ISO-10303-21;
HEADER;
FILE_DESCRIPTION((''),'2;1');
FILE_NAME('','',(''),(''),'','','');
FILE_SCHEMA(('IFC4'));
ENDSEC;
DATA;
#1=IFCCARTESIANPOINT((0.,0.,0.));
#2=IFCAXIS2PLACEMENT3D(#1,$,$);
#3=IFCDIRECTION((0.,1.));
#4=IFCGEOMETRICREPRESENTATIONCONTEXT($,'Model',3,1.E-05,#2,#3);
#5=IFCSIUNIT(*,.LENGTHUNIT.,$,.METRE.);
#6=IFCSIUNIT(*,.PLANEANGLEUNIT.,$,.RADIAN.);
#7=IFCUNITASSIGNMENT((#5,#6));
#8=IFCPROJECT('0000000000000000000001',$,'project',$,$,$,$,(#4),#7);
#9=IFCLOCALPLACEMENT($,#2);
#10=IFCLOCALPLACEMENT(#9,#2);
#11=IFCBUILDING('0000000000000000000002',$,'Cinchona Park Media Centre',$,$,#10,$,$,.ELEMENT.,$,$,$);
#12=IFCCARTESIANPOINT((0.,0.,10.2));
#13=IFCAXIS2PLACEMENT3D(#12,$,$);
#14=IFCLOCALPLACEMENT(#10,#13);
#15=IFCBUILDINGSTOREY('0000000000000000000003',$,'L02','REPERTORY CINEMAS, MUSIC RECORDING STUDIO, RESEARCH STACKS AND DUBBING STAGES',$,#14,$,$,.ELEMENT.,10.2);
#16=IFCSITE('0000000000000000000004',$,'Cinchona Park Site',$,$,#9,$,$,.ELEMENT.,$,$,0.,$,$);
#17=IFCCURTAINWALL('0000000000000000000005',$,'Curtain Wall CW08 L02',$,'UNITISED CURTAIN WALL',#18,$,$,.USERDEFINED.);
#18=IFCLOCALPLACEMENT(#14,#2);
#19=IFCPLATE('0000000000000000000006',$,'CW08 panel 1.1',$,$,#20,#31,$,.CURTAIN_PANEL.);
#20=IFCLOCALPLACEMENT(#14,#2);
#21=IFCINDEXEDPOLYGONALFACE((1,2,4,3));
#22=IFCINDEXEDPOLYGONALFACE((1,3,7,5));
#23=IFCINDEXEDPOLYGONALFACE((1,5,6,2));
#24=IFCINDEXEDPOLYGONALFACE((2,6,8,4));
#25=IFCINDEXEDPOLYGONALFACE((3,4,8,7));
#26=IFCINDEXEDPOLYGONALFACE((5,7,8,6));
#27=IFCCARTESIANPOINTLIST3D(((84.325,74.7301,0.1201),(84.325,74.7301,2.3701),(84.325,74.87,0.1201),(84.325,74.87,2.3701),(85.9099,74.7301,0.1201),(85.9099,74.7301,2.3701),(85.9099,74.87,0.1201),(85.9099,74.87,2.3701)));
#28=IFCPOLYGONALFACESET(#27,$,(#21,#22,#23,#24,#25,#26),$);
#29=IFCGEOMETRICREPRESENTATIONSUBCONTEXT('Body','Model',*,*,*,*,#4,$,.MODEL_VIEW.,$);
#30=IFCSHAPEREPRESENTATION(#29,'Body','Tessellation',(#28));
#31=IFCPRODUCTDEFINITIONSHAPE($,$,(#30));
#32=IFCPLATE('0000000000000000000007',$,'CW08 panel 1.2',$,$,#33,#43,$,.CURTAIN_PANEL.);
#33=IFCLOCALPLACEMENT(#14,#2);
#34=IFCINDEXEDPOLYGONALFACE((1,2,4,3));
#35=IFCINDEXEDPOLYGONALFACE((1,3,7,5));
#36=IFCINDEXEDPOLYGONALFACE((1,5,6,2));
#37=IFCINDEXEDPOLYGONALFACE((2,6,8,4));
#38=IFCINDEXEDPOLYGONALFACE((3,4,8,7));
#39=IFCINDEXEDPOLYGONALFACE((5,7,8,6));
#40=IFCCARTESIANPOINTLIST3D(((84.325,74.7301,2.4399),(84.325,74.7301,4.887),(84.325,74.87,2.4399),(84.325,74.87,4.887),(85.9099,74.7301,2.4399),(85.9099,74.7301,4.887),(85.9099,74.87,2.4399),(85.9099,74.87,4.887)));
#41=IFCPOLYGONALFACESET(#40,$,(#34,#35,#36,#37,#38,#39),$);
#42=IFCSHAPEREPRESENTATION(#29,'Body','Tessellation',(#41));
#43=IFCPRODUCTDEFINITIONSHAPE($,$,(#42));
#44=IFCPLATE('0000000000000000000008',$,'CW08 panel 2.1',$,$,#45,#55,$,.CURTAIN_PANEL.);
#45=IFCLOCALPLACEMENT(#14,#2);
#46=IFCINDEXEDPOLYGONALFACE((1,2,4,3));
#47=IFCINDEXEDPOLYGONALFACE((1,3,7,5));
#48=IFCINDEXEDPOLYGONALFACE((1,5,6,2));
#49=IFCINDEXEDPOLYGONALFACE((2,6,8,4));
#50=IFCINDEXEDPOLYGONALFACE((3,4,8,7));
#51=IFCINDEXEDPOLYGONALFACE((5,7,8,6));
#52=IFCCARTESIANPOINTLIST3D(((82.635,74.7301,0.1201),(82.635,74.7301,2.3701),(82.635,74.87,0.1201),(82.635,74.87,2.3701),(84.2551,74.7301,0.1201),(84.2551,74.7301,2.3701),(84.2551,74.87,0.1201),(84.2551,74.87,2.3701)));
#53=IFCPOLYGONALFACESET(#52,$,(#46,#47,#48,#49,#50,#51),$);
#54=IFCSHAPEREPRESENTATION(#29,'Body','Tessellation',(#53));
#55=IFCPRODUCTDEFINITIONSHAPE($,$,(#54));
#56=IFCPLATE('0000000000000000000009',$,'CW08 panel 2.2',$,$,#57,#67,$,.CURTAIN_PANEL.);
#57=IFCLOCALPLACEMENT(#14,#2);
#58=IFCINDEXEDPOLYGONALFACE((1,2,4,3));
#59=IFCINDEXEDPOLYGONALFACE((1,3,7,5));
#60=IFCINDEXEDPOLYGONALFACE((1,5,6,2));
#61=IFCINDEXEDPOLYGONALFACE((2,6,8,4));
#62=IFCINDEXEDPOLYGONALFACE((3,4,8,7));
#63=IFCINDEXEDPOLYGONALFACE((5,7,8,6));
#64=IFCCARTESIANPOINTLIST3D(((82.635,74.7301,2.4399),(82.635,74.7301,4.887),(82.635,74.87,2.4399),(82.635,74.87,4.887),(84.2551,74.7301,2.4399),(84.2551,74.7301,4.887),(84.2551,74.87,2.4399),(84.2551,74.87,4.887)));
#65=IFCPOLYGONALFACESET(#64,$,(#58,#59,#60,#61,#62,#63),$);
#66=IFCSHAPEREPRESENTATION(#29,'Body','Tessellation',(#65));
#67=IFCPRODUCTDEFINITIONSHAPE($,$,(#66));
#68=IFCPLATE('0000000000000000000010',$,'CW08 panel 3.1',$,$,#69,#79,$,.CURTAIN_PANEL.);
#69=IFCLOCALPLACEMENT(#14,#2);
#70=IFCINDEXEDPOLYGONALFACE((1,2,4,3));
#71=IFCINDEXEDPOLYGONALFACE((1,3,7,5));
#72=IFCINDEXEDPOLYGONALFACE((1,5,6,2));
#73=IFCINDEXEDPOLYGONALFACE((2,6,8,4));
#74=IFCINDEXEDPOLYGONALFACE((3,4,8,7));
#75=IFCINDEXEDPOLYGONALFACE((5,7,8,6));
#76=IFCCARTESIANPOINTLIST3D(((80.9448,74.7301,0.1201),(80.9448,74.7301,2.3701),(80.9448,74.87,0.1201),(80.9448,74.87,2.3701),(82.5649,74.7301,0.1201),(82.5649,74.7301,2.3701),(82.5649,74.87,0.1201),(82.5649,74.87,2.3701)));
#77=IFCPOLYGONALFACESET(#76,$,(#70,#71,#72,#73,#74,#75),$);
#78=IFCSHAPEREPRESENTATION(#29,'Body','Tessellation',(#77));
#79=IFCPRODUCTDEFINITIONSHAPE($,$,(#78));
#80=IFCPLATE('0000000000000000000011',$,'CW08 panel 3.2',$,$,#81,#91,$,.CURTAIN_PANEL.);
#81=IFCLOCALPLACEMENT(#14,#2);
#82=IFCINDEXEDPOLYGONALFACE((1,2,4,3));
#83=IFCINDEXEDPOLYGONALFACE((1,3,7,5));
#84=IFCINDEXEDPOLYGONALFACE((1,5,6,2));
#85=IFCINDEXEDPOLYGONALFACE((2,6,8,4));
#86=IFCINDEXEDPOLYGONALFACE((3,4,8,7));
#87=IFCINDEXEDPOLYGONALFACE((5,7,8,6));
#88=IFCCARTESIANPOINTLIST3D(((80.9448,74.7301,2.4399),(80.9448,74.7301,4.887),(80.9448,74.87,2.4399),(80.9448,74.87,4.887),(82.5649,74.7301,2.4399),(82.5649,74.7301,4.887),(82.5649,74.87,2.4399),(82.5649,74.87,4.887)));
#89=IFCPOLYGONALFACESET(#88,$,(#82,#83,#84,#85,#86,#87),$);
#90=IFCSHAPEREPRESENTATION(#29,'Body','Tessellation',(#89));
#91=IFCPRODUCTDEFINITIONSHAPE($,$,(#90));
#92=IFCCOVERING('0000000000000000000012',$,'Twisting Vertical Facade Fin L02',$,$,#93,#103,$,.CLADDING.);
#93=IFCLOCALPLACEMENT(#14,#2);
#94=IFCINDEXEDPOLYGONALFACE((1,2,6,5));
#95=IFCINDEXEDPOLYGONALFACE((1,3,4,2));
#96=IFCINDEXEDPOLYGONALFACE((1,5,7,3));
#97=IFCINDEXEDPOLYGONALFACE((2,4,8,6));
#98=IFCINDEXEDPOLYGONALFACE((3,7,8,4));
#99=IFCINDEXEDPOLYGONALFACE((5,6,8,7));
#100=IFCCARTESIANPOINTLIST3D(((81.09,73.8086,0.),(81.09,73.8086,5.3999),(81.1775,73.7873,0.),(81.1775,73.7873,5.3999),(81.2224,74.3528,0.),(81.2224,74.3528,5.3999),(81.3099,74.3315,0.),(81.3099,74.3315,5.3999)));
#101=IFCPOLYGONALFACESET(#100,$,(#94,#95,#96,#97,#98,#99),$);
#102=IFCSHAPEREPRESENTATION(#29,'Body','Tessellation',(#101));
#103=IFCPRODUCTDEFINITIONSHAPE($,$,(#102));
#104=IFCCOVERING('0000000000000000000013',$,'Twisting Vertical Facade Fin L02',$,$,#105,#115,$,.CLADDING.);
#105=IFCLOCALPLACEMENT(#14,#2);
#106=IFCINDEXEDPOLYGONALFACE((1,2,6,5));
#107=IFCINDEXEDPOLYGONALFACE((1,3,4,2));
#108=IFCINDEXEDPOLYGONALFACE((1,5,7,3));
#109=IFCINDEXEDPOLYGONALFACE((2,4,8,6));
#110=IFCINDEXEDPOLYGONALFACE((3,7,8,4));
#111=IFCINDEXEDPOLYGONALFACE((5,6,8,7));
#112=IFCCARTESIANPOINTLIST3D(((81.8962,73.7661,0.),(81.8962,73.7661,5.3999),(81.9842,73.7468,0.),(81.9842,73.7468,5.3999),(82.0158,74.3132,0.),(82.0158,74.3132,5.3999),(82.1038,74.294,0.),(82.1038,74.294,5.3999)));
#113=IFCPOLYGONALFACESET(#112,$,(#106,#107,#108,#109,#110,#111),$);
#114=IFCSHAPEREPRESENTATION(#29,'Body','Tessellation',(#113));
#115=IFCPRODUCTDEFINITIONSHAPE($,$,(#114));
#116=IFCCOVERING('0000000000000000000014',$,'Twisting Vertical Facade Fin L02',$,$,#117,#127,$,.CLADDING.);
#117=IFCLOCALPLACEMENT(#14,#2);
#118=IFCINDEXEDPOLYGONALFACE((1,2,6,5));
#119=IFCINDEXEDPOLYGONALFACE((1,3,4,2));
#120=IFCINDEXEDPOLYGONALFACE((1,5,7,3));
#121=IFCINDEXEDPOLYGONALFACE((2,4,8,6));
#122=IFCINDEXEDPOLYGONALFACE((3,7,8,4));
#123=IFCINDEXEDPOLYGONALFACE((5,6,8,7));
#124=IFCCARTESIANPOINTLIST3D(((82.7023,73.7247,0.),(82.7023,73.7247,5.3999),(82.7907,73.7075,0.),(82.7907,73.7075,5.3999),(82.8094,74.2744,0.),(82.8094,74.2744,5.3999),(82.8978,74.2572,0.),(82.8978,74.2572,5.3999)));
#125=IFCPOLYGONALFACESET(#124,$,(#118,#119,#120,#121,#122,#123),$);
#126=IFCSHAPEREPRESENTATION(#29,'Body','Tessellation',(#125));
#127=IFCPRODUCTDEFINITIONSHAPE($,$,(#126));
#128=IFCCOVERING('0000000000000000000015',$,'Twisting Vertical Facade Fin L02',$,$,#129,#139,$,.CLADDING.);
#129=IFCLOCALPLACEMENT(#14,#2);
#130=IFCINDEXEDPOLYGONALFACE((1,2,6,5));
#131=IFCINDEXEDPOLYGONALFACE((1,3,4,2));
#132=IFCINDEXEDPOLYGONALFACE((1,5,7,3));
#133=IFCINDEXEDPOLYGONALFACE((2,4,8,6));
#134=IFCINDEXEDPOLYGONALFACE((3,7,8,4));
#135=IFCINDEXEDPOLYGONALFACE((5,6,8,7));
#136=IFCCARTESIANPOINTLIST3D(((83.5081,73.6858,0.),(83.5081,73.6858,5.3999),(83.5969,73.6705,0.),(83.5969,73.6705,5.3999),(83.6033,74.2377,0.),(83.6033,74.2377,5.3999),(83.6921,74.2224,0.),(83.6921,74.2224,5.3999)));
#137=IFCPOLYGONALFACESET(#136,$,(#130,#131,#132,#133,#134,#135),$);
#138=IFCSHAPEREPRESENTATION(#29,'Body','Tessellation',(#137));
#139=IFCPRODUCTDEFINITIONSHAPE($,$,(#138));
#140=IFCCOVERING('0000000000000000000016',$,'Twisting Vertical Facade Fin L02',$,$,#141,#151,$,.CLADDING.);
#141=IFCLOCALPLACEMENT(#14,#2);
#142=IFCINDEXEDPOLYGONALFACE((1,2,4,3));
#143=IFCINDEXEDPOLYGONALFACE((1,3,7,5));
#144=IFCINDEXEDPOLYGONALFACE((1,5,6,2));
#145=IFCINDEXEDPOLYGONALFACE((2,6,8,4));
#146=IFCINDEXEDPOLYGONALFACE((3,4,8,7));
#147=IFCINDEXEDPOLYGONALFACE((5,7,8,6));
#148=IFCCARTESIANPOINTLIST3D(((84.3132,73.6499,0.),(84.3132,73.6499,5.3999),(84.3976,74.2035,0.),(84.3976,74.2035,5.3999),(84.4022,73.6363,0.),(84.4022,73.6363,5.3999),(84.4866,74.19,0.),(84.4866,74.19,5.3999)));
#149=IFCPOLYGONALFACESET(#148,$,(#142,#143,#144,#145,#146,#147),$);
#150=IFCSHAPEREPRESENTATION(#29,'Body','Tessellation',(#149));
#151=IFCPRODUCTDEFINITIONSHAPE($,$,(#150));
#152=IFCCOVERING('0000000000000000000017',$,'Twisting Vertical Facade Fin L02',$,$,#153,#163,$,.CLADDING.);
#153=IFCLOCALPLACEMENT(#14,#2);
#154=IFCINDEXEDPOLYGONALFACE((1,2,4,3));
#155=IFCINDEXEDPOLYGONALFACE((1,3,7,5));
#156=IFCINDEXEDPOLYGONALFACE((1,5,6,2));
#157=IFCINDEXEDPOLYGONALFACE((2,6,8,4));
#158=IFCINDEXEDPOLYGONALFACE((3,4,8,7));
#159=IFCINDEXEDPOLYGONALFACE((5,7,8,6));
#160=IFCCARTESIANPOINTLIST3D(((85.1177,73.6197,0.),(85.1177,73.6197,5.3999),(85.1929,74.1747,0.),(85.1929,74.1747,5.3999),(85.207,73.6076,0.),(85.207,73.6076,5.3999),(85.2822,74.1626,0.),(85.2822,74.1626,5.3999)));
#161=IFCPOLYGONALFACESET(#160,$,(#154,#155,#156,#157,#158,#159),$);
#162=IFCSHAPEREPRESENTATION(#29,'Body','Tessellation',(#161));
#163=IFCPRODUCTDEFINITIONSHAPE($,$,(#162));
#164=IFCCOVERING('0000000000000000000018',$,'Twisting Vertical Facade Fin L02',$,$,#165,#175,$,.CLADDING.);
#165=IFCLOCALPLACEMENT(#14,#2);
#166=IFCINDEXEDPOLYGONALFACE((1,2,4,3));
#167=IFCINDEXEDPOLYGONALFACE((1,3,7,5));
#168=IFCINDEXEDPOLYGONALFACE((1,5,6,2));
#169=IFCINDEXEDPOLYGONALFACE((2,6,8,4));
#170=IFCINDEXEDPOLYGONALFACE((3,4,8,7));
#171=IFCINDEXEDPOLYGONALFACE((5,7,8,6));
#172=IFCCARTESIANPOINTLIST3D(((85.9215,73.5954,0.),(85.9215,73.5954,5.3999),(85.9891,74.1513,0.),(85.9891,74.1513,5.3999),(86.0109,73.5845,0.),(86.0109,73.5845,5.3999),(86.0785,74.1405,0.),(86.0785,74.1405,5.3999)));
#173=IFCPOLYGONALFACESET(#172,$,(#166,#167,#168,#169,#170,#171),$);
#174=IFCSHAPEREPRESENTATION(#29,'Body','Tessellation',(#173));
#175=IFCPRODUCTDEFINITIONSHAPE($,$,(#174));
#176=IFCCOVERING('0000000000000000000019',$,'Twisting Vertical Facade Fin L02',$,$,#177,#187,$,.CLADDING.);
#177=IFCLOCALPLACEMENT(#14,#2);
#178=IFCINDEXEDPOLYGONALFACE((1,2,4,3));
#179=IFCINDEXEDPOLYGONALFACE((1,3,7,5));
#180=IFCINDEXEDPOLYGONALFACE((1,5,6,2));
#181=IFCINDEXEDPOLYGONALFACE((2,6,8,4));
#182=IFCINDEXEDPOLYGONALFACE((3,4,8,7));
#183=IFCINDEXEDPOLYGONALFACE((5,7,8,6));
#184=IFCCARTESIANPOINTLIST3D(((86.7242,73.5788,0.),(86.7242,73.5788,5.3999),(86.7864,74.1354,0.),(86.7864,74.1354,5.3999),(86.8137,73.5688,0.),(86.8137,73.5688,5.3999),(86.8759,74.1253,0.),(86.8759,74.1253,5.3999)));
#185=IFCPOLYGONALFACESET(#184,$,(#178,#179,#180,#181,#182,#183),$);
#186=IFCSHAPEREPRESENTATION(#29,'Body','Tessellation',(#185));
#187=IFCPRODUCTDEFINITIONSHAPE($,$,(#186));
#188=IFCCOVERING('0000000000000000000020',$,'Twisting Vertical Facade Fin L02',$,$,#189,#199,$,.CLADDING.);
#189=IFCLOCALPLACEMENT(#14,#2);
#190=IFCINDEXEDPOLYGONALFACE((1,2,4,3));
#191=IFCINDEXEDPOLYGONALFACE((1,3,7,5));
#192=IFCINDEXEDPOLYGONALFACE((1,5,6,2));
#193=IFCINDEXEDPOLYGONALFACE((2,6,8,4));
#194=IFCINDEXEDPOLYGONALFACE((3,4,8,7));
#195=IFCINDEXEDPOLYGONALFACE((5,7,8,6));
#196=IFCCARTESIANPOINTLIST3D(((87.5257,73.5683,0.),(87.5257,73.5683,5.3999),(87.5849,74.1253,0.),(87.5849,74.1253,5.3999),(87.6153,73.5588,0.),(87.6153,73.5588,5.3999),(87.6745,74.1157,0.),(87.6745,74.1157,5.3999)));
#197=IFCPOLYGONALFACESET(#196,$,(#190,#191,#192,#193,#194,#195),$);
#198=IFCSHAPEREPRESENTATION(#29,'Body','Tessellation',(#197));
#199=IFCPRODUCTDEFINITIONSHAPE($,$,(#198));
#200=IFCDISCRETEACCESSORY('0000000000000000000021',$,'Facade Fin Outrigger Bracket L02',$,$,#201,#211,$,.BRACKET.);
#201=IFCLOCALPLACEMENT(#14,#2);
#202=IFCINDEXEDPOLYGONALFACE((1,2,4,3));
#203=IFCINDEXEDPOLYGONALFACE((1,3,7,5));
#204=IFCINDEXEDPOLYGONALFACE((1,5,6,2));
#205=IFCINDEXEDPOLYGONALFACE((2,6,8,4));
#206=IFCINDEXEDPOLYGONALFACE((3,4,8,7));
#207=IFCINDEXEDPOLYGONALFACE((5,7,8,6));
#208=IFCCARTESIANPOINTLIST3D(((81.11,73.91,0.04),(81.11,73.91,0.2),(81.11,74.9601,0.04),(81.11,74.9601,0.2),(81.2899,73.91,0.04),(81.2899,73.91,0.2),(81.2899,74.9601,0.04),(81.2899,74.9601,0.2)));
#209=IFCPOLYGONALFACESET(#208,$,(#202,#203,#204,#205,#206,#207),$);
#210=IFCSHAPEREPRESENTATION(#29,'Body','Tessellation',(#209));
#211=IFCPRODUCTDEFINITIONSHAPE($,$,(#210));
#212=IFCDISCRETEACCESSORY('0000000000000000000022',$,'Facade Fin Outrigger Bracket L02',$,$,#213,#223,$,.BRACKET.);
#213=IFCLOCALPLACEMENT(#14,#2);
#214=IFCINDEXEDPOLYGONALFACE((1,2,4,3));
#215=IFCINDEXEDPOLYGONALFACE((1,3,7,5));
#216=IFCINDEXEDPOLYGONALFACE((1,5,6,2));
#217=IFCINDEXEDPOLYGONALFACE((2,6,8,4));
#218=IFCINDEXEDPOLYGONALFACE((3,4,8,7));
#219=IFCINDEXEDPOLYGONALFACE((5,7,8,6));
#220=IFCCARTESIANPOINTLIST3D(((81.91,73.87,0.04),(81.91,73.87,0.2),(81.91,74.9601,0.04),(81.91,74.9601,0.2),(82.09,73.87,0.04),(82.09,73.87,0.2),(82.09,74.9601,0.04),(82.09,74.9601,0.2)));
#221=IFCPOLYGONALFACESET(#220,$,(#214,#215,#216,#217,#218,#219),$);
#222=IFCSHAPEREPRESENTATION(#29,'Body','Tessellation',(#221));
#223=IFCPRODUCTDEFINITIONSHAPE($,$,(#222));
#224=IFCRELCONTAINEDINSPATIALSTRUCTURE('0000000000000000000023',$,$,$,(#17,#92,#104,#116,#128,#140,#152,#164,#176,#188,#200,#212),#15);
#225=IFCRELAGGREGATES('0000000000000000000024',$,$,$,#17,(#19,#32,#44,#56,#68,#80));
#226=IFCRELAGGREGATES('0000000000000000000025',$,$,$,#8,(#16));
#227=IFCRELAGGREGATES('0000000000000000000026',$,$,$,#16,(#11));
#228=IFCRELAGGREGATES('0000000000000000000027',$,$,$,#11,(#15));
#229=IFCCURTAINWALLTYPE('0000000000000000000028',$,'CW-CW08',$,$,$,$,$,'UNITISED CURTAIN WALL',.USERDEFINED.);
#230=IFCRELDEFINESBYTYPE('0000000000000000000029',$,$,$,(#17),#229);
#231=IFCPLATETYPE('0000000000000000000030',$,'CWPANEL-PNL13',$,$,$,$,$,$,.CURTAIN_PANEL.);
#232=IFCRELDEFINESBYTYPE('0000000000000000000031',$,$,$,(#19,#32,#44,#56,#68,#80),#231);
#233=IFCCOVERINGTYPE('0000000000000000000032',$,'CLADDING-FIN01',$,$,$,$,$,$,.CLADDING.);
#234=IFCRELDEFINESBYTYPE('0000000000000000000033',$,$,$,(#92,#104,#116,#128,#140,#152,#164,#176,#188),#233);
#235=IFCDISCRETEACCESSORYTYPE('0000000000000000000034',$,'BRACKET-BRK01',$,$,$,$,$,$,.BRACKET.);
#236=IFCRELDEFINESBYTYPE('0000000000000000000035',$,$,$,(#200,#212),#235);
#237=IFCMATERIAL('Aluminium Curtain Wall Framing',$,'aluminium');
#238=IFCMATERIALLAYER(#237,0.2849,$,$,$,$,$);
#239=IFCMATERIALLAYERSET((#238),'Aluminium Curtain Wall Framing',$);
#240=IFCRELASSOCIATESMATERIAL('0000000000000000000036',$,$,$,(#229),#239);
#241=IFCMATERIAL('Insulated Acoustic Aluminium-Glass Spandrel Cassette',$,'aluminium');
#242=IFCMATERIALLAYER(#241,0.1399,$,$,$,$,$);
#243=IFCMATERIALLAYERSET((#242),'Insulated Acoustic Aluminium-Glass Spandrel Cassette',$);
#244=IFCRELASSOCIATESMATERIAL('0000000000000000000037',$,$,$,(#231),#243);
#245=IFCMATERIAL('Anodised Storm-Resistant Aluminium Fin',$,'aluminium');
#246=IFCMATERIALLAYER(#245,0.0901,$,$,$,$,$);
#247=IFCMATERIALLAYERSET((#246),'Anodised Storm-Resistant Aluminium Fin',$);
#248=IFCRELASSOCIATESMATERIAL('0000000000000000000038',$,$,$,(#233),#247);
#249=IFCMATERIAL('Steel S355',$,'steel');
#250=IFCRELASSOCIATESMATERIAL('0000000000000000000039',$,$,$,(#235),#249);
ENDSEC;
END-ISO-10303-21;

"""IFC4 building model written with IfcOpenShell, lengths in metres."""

from ifc_helpers import new_model, si_unit, direction, frame, origin, origin_2d, place, context, subcontext, project, spatial, rectangle, extrude, material, layer, layer_set, type_object, element, aggregate, save


model = new_model("IFC4")

# Units and contexts
model_context = context("Model", 3, precision=1e-05, world=origin(), true_north=direction((0.0, 1.0)))
body_context = subcontext(model_context, "Body", "Model", "MODEL_VIEW")
ifc_project = project(units=[si_unit("LENGTHUNIT", "METRE"), si_unit("PLANEANGLEUNIT", "RADIAN")], contexts=[model_context])

# Site, building, storey
site_placement = place(None, origin())
site = spatial("IfcSite", under=ifc_project, at=site_placement, Name="Cinchona Park Site", CompositionType="ELEMENT", RefElevation=0.0)
building_placement = place(site_placement, origin())
building = spatial("IfcBuilding", under=site, at=building_placement, Name="Cinchona Park Media Centre", CompositionType="ELEMENT")
storey_placement = place(building_placement, frame((0.0, 0.0, 10.2)))
storey = spatial("IfcBuildingStorey", under=building, at=storey_placement, Name="L02", Description="REPERTORY CINEMAS, MUSIC RECORDING STUDIO, RESEARCH STACKS AND DUBBING STAGES", CompositionType="ELEMENT", Elevation=10.2)

# Curtain wall, plates
ifc_material_1 = material(Name="Aluminium Curtain Wall Framing", Category="aluminium")
ifc_layer_1 = layer(ifc_material_1, 0.2849)
ifc_layer_set_1 = layer_set([ifc_layer_1], Name="Aluminium Curtain Wall Framing")
curtain_wall_type = type_object("IfcCurtainWallType", Name="CW-CW08", ElementType="UNITISED CURTAIN WALL", PredefinedType="USERDEFINED", material=ifc_layer_set_1)
curtain_wall_placement = place(storey_placement, origin())
curtain_wall = element("IfcCurtainWall", 1, at=curtain_wall_placement, inside=storey, type_object=curtain_wall_type, Name="Curtain Wall CW08 L02", ObjectType="UNITISED CURTAIN WALL", PredefinedType="USERDEFINED")
ifc_material_2 = material(Name="Insulated Acoustic Aluminium-Glass Spandrel Cassette", Category="aluminium")
ifc_layer_2 = layer(ifc_material_2, 0.1399)
ifc_layer_set_2 = layer_set([ifc_layer_2], Name="Insulated Acoustic Aluminium-Glass Spandrel Cassette")
plate_type = type_object("IfcPlateType", Name="CWPANEL-PNL13", PredefinedType="CURTAIN_PANEL", material=ifc_layer_set_2)
plate_1_placement = place(storey_placement, frame((85.1174, 74.8, 0.1201), z_axis=(0.0, 0.0, 1.0), x_axis=(-1.0, 0.0, 0.0)))
plate_1 = element("IfcPlate", 2, at=plate_1_placement, type_object=plate_type, Name="CW08 panel 1.1", PredefinedType="CURTAIN_PANEL", context=body_context, shape_type="SweptSolid", body=[
    extrude(rectangle(XDim=1.585, YDim=0.1399, at=origin_2d()), origin(), (0.0, 0.0, 1.0), 2.25),
])
plate_2_placement = place(storey_placement, frame((85.1174, 74.8, 2.4399), z_axis=(0.0, 0.0, 1.0), x_axis=(-1.0, 0.0, 0.0)))
plate_2 = element("IfcPlate", 3, at=plate_2_placement, type_object=plate_type, Name="CW08 panel 1.2", PredefinedType="CURTAIN_PANEL", context=body_context, shape_type="SweptSolid", body=[
    extrude(rectangle(XDim=1.585, YDim=0.1399, at=origin_2d()), origin(), (0.0, 0.0, 1.0), 2.447),
])
plate_3_placement = place(storey_placement, frame((83.4451, 74.8, 0.1201), z_axis=(0.0, 0.0, 1.0), x_axis=(-1.0, 0.0, 0.0)))
plate_3 = element("IfcPlate", 4, at=plate_3_placement, type_object=plate_type, Name="CW08 panel 2.1", PredefinedType="CURTAIN_PANEL", context=body_context, shape_type="SweptSolid", body=[
    extrude(rectangle(XDim=1.6201, YDim=0.1399, at=origin_2d()), origin(), (0.0, 0.0, 1.0), 2.25),
])
plate_4_placement = place(storey_placement, frame((83.4451, 74.8, 2.4399), z_axis=(0.0, 0.0, 1.0), x_axis=(-1.0, 0.0, 0.0)))
plate_4 = element("IfcPlate", 5, at=plate_4_placement, type_object=plate_type, Name="CW08 panel 2.2", PredefinedType="CURTAIN_PANEL", context=body_context, shape_type="SweptSolid", body=[
    extrude(rectangle(XDim=1.6201, YDim=0.1399, at=origin_2d()), origin(), (0.0, 0.0, 1.0), 2.447),
])
plate_5_placement = place(storey_placement, frame((81.7549, 74.8, 0.1201), z_axis=(0.0, 0.0, 1.0), x_axis=(-1.0, 0.0, 0.0)))
plate_5 = element("IfcPlate", 6, at=plate_5_placement, type_object=plate_type, Name="CW08 panel 3.1", PredefinedType="CURTAIN_PANEL", context=body_context, shape_type="SweptSolid", body=[
    extrude(rectangle(XDim=1.6201, YDim=0.1399, at=origin_2d()), origin(), (0.0, 0.0, 1.0), 2.25),
])
plate_6_placement = place(storey_placement, frame((81.7549, 74.8, 2.4399), z_axis=(0.0, 0.0, 1.0), x_axis=(-1.0, 0.0, 0.0)))
plate_6 = element("IfcPlate", 7, at=plate_6_placement, type_object=plate_type, Name="CW08 panel 3.2", PredefinedType="CURTAIN_PANEL", context=body_context, shape_type="SweptSolid", body=[
    extrude(rectangle(XDim=1.6201, YDim=0.1399, at=origin_2d()), origin(), (0.0, 0.0, 1.0), 2.447),
])
aggregate(curtain_wall, [plate_1, plate_2, plate_3, plate_4, plate_5, plate_6])

# Coverings
ifc_material_3 = material(Name="Anodised Storm-Resistant Aluminium Fin", Category="aluminium")
ifc_layer_3 = layer(ifc_material_3, 0.0901)
ifc_layer_set_3 = layer_set([ifc_layer_3], Name="Anodised Storm-Resistant Aluminium Fin")
covering_type = type_object("IfcCoveringType", Name="CLADDING-FIN01", PredefinedType="CLADDING", material=ifc_layer_set_3)
for number, where, z_axis, x_axis, name in (
    (8, (81.2, 74.0701, 0.0), (0.0, 0.0, 1.0), (0.236329, 0.971673, 0.0), "Twisting Vertical Facade Fin L02"),
    (9, (82.0, 74.03, 0.0), (0.0, 0.0, 1.0), (0.213542, 0.976934, 0.0), "Twisting Vertical Facade Fin L02"),
    (10, (82.8, 73.991, 0.0), (0.0, 0.0, 1.0), (0.191323, 0.981527, 0.0), "Twisting Vertical Facade Fin L02"),
    (11, (83.6001, 73.9541, 0.0), (0.0, 0.0, 1.0), (0.170038, 0.985438, 0.0), "Twisting Vertical Facade Fin L02"),
    (12, (84.3999, 73.9199, 0.0), (0.0, 0.0, 1.0), (0.150743, 0.988573, 0.0), "Twisting Vertical Facade Fin L02"),
    (13, (85.2, 73.8911, 0.0), (0.0, 0.0, 1.0), (0.134159, 0.99096, 0.0), "Twisting Vertical Facade Fin L02"),
    (14, (86.0, 73.8679, 0.0), (0.0, 0.0, 1.0), (0.12083, 0.992673, 0.0), "Twisting Vertical Facade Fin L02"),
    (15, (86.8, 73.8521, 0.0), (0.0, 0.0, 1.0), (0.111122, 0.993807, 0.0), "Twisting Vertical Facade Fin L02"),
    (16, (87.6001, 73.842, 0.0), (0.0, 0.0, 1.0), (0.105743, 0.994393, 0.0), "Twisting Vertical Facade Fin L02"),
):
    element("IfcCovering", number, at=place(storey_placement, frame(where, z_axis=z_axis, x_axis=x_axis)), inside=storey, type_object=covering_type, Name=name, PredefinedType="CLADDING", context=body_context, shape_type="SweptSolid", body=[
        extrude(rectangle(XDim=0.5601, YDim=0.0901, at=origin_2d()), origin(), (0.0, 0.0, 1.0), 5.3999),
    ])

# Discrete accessories
ifc_material_4 = material(Name="Steel S355", Category="steel")
discrete_accessory_type = type_object("IfcDiscreteAccessoryType", Name="BRACKET-BRK01", PredefinedType="BRACKET", material=ifc_material_4)
discrete_accessory_1_placement = place(storey_placement, frame((81.2, 74.4351, 0.04), z_axis=(0.0, 0.0, 1.0), x_axis=(1.0, 0.0, 0.0)))
element("IfcDiscreteAccessory", 17, at=discrete_accessory_1_placement, inside=storey, type_object=discrete_accessory_type, Name="Facade Fin Outrigger Bracket L02", PredefinedType="BRACKET", context=body_context, shape_type="SweptSolid", body=[
    extrude(rectangle(XDim=0.1799, YDim=1.05, at=origin_2d()), origin(), (0.0, 0.0, 1.0), 0.1599),
])
discrete_accessory_2_placement = place(storey_placement, frame((82.0, 74.415, 0.04), z_axis=(0.0, 0.0, 1.0), x_axis=(1.0, 0.0, 0.0)))
element("IfcDiscreteAccessory", 18, at=discrete_accessory_2_placement, inside=storey, type_object=discrete_accessory_type, Name="Facade Fin Outrigger Bracket L02", PredefinedType="BRACKET", context=body_context, shape_type="SweptSolid", body=[
    extrude(rectangle(XDim=0.1799, YDim=1.0901, at=origin_2d()), origin(), (0.0, 0.0, 1.0), 0.1599),
])

save(model, "model.ifc")
